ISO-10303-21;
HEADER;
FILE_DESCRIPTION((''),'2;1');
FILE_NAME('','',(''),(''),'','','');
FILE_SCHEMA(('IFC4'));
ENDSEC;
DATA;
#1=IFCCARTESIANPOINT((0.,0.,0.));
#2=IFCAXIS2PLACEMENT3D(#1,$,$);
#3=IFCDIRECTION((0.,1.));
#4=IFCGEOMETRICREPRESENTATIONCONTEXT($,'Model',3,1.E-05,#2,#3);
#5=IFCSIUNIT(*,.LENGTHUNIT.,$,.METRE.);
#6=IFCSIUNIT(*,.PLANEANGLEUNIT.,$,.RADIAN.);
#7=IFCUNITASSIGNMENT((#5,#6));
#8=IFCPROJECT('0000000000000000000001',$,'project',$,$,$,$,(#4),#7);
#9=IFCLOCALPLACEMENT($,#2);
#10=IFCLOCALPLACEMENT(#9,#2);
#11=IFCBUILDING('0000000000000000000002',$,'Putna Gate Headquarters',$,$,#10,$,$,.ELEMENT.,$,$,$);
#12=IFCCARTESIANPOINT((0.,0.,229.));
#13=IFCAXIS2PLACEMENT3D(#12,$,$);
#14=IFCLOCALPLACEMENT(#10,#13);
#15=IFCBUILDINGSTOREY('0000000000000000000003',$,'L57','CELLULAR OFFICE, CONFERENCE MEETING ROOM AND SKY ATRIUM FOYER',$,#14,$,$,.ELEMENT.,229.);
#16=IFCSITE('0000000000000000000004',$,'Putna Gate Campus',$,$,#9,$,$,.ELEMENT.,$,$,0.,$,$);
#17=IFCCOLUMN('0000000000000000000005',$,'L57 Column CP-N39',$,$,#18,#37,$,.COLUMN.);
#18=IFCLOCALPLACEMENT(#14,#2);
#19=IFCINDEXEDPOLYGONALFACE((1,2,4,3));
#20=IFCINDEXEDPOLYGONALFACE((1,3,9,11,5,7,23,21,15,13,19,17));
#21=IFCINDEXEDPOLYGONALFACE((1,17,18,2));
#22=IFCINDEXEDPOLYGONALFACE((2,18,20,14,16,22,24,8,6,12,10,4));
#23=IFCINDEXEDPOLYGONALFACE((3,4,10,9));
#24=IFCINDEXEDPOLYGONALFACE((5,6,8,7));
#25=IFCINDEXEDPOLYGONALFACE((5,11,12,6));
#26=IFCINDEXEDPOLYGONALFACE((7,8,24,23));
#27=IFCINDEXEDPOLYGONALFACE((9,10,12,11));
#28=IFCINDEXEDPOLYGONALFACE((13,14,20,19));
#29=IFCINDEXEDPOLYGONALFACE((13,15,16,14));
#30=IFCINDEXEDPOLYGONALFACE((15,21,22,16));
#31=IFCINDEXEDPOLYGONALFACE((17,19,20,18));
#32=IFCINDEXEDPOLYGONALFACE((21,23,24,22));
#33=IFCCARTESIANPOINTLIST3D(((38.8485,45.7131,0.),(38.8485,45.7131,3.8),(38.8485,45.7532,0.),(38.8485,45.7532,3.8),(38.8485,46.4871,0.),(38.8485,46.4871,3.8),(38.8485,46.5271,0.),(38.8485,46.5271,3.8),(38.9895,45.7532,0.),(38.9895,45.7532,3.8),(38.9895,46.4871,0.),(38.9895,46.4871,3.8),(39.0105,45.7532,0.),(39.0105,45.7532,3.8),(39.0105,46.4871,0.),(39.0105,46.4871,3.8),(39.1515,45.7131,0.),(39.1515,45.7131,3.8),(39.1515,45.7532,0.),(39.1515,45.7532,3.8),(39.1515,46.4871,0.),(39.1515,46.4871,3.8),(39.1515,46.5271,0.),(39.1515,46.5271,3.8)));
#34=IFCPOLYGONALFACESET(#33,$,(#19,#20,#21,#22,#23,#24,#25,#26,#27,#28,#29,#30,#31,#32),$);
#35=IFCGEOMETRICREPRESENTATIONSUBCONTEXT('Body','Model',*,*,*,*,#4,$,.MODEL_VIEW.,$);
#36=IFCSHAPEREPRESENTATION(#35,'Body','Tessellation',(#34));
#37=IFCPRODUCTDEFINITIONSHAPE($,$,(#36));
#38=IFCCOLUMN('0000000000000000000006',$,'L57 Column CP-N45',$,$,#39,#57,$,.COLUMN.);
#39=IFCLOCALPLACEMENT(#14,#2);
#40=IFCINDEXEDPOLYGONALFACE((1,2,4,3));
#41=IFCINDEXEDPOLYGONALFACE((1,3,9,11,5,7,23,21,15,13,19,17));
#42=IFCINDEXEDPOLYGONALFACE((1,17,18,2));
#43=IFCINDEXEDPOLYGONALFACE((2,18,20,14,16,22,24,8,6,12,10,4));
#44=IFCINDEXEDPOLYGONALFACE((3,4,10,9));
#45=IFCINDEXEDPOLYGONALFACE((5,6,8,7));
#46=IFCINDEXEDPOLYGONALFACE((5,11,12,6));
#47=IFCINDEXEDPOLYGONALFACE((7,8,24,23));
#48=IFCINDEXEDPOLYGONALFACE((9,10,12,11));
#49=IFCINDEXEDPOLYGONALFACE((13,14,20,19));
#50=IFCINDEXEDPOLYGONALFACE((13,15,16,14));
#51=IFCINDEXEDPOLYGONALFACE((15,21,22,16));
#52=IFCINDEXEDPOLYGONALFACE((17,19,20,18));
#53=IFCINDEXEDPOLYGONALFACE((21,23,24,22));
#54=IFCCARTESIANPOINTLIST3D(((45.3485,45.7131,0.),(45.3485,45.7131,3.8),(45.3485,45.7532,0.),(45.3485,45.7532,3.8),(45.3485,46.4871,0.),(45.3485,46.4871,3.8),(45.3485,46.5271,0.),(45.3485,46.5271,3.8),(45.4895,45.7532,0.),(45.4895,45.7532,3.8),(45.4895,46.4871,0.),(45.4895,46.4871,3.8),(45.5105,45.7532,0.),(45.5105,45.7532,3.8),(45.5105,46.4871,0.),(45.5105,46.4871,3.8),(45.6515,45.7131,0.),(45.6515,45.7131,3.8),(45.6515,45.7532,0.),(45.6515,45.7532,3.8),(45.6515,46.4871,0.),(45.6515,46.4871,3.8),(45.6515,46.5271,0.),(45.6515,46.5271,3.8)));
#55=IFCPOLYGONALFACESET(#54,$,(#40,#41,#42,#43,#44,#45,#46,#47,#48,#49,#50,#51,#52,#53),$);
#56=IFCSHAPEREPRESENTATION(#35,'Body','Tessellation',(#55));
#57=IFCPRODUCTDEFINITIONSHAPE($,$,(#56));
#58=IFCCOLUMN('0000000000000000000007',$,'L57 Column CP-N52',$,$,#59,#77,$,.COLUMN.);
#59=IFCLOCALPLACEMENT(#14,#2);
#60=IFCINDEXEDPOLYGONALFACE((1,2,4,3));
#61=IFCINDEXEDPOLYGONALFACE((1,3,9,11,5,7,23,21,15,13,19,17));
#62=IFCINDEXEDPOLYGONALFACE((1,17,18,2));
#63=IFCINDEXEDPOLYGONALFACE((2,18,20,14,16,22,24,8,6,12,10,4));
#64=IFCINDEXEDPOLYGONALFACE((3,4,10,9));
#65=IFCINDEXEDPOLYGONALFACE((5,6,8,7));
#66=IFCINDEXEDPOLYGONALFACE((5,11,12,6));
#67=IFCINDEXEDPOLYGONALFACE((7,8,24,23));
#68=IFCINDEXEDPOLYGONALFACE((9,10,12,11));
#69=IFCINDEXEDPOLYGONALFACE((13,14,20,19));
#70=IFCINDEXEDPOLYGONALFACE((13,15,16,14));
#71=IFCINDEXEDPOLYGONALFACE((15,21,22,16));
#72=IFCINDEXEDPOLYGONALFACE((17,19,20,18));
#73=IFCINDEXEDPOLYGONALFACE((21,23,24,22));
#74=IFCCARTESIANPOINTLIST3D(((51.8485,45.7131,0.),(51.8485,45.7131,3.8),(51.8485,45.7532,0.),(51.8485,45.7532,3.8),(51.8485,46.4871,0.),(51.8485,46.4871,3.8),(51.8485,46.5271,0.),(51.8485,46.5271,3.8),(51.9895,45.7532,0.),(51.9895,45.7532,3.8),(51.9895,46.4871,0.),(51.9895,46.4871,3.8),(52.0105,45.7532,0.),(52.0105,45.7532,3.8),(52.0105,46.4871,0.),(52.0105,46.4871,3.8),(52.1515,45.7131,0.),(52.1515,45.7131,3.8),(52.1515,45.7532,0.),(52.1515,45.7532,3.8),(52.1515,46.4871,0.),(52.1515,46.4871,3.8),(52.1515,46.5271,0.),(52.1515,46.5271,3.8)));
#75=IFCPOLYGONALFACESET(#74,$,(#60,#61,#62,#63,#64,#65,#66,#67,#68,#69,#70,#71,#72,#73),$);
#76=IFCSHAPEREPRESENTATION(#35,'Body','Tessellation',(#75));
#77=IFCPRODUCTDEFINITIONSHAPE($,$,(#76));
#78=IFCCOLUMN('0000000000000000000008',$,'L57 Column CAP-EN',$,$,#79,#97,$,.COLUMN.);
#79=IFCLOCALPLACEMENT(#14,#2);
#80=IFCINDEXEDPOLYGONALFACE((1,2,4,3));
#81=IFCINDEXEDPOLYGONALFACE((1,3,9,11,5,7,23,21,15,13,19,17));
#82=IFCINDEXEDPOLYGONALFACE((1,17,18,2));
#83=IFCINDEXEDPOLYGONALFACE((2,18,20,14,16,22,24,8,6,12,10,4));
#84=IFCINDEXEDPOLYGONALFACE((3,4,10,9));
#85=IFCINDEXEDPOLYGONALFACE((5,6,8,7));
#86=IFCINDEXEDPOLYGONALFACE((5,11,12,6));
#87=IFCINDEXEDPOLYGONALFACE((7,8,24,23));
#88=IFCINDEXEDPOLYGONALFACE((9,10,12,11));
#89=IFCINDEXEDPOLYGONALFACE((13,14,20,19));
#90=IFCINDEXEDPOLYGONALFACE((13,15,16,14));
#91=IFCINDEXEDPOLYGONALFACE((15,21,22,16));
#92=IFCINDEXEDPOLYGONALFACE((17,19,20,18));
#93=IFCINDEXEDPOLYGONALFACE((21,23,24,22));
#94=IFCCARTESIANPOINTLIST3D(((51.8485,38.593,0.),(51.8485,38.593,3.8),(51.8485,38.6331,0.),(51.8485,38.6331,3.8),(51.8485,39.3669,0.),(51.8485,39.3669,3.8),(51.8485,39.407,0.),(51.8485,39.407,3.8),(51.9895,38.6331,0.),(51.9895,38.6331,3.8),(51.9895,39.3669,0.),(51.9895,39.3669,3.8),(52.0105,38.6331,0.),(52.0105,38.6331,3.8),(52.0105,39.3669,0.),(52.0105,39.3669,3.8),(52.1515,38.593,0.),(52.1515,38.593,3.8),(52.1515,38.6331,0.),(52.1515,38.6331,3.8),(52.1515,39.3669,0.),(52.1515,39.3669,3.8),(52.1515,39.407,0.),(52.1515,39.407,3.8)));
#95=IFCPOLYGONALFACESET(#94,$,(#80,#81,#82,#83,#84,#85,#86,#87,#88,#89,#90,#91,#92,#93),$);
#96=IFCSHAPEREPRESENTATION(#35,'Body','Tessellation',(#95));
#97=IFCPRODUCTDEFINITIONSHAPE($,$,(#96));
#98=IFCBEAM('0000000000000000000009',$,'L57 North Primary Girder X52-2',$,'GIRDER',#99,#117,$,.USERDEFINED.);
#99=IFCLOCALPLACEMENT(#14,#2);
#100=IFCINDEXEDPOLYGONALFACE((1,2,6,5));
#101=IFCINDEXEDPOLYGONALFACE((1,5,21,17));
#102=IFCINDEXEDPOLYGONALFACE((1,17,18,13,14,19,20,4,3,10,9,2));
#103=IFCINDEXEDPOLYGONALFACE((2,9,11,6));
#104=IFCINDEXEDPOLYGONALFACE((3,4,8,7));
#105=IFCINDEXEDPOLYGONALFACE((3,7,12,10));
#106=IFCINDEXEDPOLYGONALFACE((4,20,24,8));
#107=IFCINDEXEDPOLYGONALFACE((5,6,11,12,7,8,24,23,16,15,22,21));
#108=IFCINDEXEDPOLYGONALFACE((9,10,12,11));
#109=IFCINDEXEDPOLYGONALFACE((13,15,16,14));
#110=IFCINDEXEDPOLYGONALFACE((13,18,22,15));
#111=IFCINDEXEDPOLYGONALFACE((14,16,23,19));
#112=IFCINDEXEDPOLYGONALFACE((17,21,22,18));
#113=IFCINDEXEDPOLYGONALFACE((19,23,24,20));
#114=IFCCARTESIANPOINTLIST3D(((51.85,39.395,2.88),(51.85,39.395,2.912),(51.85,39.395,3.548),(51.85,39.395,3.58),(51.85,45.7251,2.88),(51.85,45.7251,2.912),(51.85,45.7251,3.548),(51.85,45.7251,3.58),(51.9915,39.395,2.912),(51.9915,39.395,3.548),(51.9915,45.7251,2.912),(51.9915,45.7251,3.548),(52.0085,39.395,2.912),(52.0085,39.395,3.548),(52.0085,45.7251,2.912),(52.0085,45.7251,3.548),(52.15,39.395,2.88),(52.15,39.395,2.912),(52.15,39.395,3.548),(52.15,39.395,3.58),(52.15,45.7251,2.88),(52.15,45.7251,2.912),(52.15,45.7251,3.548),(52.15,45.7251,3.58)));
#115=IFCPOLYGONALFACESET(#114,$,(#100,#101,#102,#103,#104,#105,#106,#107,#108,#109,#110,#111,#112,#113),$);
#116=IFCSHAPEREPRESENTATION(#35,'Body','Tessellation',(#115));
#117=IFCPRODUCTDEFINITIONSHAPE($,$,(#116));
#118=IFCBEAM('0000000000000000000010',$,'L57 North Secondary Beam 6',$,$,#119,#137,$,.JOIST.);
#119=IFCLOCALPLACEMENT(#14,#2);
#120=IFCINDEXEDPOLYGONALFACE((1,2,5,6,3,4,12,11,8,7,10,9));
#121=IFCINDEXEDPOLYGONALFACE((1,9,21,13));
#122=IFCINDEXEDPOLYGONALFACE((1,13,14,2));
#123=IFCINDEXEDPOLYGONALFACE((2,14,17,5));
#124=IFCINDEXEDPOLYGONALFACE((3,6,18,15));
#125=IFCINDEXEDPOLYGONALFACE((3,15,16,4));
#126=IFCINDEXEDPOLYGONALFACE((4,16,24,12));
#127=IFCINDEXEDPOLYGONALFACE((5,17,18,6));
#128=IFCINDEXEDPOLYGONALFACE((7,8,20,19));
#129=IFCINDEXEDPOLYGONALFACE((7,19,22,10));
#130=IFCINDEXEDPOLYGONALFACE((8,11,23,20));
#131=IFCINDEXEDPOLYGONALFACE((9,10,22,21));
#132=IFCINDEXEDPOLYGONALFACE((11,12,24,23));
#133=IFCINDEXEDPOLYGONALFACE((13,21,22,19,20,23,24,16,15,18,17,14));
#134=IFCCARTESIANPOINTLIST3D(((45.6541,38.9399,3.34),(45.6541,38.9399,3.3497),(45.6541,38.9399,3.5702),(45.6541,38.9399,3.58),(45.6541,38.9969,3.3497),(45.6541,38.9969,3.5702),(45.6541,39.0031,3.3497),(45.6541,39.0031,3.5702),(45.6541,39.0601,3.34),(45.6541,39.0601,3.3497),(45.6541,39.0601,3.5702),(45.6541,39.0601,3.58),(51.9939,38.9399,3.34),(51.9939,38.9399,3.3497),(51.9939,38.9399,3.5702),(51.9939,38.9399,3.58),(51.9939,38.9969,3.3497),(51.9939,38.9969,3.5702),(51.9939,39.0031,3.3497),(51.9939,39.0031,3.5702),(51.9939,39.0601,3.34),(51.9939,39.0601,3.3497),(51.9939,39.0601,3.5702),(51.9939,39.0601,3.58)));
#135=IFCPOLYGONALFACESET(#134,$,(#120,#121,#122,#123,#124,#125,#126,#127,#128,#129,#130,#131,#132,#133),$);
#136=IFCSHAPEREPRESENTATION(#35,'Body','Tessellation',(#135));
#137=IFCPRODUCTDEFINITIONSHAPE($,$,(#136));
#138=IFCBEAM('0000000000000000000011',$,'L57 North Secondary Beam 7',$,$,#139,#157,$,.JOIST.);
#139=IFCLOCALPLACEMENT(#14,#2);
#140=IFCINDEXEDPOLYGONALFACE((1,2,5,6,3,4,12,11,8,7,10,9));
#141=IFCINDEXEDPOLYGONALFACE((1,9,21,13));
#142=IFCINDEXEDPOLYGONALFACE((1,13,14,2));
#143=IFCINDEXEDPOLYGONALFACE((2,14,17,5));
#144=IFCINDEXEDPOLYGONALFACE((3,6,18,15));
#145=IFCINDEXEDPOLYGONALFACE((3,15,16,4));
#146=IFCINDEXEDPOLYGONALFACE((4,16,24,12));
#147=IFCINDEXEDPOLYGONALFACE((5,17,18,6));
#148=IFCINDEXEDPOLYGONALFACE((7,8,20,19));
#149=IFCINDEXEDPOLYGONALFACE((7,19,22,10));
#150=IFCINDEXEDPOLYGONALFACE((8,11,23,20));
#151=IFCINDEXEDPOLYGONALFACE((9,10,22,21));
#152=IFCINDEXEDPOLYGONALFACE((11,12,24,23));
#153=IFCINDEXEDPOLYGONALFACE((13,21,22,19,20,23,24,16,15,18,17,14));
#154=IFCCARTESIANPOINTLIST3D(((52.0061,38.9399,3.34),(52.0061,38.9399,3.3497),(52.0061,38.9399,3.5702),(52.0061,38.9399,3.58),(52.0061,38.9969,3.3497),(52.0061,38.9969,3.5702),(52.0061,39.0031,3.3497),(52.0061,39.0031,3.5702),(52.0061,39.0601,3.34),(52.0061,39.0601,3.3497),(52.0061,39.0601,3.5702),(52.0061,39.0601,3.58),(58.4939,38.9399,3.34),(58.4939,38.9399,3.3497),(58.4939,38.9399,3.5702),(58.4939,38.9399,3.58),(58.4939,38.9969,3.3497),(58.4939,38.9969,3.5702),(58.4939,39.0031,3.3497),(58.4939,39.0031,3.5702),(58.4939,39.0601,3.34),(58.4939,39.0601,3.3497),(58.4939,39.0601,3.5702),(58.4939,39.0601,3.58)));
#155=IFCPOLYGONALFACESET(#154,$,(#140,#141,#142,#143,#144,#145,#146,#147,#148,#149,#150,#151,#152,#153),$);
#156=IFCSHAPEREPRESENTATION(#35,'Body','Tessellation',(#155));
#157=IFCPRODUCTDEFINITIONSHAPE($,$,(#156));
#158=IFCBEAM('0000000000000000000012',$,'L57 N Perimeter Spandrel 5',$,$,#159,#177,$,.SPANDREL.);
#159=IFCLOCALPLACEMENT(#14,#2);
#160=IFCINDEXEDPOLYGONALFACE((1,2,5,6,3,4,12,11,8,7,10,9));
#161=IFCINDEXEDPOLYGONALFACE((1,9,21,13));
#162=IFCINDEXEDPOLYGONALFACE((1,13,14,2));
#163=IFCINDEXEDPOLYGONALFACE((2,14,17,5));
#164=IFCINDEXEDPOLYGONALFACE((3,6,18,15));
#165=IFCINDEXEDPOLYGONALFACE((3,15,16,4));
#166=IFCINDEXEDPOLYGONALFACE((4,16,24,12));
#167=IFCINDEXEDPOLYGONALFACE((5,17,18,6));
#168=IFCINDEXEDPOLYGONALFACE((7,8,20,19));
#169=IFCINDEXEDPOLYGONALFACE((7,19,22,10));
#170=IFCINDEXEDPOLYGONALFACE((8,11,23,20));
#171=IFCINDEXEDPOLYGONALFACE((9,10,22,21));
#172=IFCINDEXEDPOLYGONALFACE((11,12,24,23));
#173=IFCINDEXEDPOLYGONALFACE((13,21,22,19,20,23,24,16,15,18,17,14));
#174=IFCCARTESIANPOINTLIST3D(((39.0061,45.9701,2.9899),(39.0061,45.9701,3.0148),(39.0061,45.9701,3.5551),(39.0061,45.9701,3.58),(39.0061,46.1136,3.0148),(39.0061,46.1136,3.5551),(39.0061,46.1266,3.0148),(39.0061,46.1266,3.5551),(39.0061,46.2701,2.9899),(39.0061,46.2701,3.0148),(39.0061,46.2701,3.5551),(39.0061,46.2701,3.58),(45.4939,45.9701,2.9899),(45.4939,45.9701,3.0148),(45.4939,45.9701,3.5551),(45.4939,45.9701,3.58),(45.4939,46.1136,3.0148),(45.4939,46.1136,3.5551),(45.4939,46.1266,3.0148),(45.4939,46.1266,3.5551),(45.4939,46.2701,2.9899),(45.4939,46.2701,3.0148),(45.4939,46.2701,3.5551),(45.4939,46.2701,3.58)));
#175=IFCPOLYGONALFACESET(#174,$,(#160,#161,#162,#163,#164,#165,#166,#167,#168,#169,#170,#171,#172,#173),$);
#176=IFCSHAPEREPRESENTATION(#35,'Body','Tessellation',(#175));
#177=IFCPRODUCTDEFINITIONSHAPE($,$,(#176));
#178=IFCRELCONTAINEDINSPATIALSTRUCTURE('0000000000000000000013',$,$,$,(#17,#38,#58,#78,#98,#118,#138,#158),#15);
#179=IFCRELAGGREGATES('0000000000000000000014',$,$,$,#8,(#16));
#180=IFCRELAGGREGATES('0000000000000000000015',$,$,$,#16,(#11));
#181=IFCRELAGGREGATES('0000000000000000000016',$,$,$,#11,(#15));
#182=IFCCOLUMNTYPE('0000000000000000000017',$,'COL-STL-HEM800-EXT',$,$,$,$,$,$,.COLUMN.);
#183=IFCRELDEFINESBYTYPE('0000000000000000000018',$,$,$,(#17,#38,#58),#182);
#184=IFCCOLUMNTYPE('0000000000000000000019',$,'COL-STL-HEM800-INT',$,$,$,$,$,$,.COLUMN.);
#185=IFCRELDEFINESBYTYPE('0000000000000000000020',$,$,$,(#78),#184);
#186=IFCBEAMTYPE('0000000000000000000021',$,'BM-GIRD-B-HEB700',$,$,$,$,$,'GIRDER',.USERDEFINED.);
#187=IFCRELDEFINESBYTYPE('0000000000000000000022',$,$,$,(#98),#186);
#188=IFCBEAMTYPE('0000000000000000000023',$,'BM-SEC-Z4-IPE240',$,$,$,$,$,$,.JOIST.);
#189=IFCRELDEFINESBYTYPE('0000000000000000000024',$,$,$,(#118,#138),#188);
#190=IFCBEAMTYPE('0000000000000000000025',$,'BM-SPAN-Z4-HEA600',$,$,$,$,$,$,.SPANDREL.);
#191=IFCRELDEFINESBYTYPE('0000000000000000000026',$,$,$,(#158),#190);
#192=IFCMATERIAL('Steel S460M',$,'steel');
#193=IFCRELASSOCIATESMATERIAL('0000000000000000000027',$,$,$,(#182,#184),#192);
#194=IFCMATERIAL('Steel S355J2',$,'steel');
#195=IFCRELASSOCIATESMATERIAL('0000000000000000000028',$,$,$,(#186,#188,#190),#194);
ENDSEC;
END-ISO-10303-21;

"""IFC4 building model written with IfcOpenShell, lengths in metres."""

from ifc_helpers import new_model, si_unit, direction, frame, origin, origin_2d, place, context, subcontext, project, spatial, i_section, extrude, material, material_profile, profile_set, type_object, element, save


model = new_model("IFC4")

# Units and contexts
model_context = context("Model", 3, precision=1e-05, world=origin(), true_north=direction((0.0, 1.0)))
body_context = subcontext(model_context, "Body", "Model", "MODEL_VIEW")
ifc_project = project(units=[si_unit("LENGTHUNIT", "METRE"), si_unit("PLANEANGLEUNIT", "RADIAN")], contexts=[model_context])

# Site, building, storey
site_placement = place(None, origin())
site = spatial("IfcSite", under=ifc_project, at=site_placement, Name="Putna Gate Campus", CompositionType="ELEMENT", RefElevation=0.0)
building_placement = place(site_placement, origin())
building = spatial("IfcBuilding", under=site, at=building_placement, Name="Putna Gate Headquarters", CompositionType="ELEMENT")
storey_placement = place(building_placement, frame((0.0, 0.0, 229.0)))
storey = spatial("IfcBuildingStorey", under=building, at=storey_placement, Name="L57", Description="CELLULAR OFFICE, CONFERENCE MEETING ROOM AND SKY ATRIUM FOYER", CompositionType="ELEMENT", Elevation=229.0)

# Columns
ifc_material_1 = material(Name="Steel S460M", Category="steel")
ifc_material_profile_1 = material_profile(ifc_material_1, i_section(OverallWidth=0.303, OverallDepth=0.814, WebThickness=0.021, FlangeThickness=0.04, at=origin_2d()), Name="Steel S460M")
ifc_profile_set_1 = profile_set([ifc_material_profile_1], Name="Steel S460M")
column_type_1 = type_object("IfcColumnType", Name="COL-STL-HEM800-EXT", PredefinedType="COLUMN", material=ifc_profile_set_1)
for number, where, z_axis, x_axis, name in (
    (1, (39.0, 46.1201, 0.0), (0.0, 0.0, 1.0), (1.0, 0.0, 0.0), "L57 Column CP-N39"),
    (2, (45.5, 46.1201, 0.0), (0.0, 0.0, 1.0), (1.0, 0.0, 0.0), "L57 Column CP-N45"),
    (3, (52.0, 46.1201, 0.0), (0.0, 0.0, 1.0), (1.0, 0.0, 0.0), "L57 Column CP-N52"),
):
    element("IfcColumn", number, at=place(storey_placement, frame(where, z_axis=z_axis, x_axis=x_axis)), inside=storey, type_object=column_type_1, Name=name, PredefinedType="COLUMN", context=body_context, shape_type="SweptSolid", body=[
        extrude(i_section(OverallWidth=0.303, OverallDepth=0.814, WebThickness=0.021, FlangeThickness=0.04, at=origin_2d()), origin(), (0.0, 0.0, 1.0), 3.8),
    ])
ifc_material_profile_2 = material_profile(ifc_material_1, i_section(OverallWidth=0.303, OverallDepth=0.814, WebThickness=0.021, FlangeThickness=0.04, at=origin_2d()), Name="Steel S460M")
ifc_profile_set_2 = profile_set([ifc_material_profile_2], Name="Steel S460M")
column_type_2 = type_object("IfcColumnType", Name="COL-STL-HEM800-INT", PredefinedType="COLUMN", material=ifc_profile_set_2)
column_placement = place(storey_placement, frame((52.0, 39.0, 0.0), z_axis=(0.0, 0.0, 1.0), x_axis=(1.0, 0.0, 0.0)))
element("IfcColumn", 4, at=column_placement, inside=storey, type_object=column_type_2, Name="L57 Column CAP-EN", PredefinedType="COLUMN", context=body_context, shape_type="SweptSolid", body=[
    extrude(i_section(OverallWidth=0.303, OverallDepth=0.814, WebThickness=0.021, FlangeThickness=0.04, at=origin_2d()), origin(), (0.0, 0.0, 1.0), 3.8),
])

# Beams
ifc_material_2 = material(Name="Steel S355J2", Category="steel")
ifc_material_profile_3 = material_profile(ifc_material_2, i_section(OverallWidth=0.3, OverallDepth=0.7, WebThickness=0.0171, FlangeThickness=0.032, at=origin_2d()), Name="Steel S355J2")
ifc_profile_set_3 = profile_set([ifc_material_profile_3], Name="Steel S355J2")
beam_type_1 = type_object("IfcBeamType", Name="BM-GIRD-B-HEB700", ElementType="GIRDER", PredefinedType="USERDEFINED", material=ifc_profile_set_3)
beam_1_placement = place(storey_placement, frame((52.0, 39.395, 3.23), z_axis=(0.0, 1.0, 0.0), x_axis=(-1.0, 0.0, 0.0)))
element("IfcBeam", 5, at=beam_1_placement, inside=storey, type_object=beam_type_1, Name="L57 North Primary Girder X52-2", ObjectType="GIRDER", PredefinedType="USERDEFINED", context=body_context, shape_type="SweptSolid", body=[
    extrude(i_section(OverallWidth=0.3, OverallDepth=0.7, WebThickness=0.0171, FlangeThickness=0.032, at=origin_2d()), origin(), (0.0, 0.0, 1.0), 6.3301),
])
ifc_material_profile_4 = material_profile(ifc_material_2, i_section(OverallWidth=0.1201, OverallDepth=0.24, WebThickness=0.0061, FlangeThickness=0.0098, at=origin_2d()), Name="Steel S355J2")
ifc_profile_set_4 = profile_set([ifc_material_profile_4], Name="Steel S355J2")
beam_type_2 = type_object("IfcBeamType", Name="BM-SEC-Z4-IPE240", PredefinedType="JOIST", material=ifc_profile_set_4)
beam_2_placement = place(storey_placement, frame((45.6541, 39.0, 3.46), z_axis=(1.0, 0.0, 0.0), x_axis=(0.0, 1.0, 0.0)))
element("IfcBeam", 6, at=beam_2_placement, inside=storey, type_object=beam_type_2, Name="L57 North Secondary Beam 6", PredefinedType="JOIST", context=body_context, shape_type="SweptSolid", body=[
    extrude(i_section(OverallWidth=0.1201, OverallDepth=0.24, WebThickness=0.0061, FlangeThickness=0.0098, at=origin_2d()), origin(), (0.0, 0.0, 1.0), 6.3398),
])
beam_3_placement = place(storey_placement, frame((52.0061, 39.0, 3.46), z_axis=(1.0, 0.0, 0.0), x_axis=(0.0, 1.0, 0.0)))
element("IfcBeam", 7, at=beam_3_placement, inside=storey, type_object=beam_type_2, Name="L57 North Secondary Beam 7", PredefinedType="JOIST", context=body_context, shape_type="SweptSolid", body=[
    extrude(i_section(OverallWidth=0.1201, OverallDepth=0.24, WebThickness=0.0061, FlangeThickness=0.0098, at=origin_2d()), origin(), (0.0, 0.0, 1.0), 6.4878),
])
ifc_material_profile_5 = material_profile(ifc_material_2, i_section(OverallWidth=0.3, OverallDepth=0.5901, WebThickness=0.0129, FlangeThickness=0.0249, at=origin_2d()), Name="Steel S355J2")
ifc_profile_set_5 = profile_set([ifc_material_profile_5], Name="Steel S355J2")
beam_type_3 = type_object("IfcBeamType", Name="BM-SPAN-Z4-HEA600", PredefinedType="SPANDREL", material=ifc_profile_set_5)
for number, where, z_axis, x_axis, name in (
    (8, (39.0061, 46.1201, 3.2849), (1.0, 0.0, 0.0), (0.0, 1.0, 0.0), "L57 N Perimeter Spandrel 5"),
):
    element("IfcBeam", number, at=place(storey_placement, frame(where, z_axis=z_axis, x_axis=x_axis)), inside=storey, type_object=beam_type_3, Name=name, PredefinedType="SPANDREL", context=body_context, shape_type="SweptSolid", body=[
        extrude(i_section(OverallWidth=0.3, OverallDepth=0.5901, WebThickness=0.0129, FlangeThickness=0.0249, at=origin_2d()), origin(), (0.0, 0.0, 1.0), 6.4878),
    ])

save(model, "model.ifc")
